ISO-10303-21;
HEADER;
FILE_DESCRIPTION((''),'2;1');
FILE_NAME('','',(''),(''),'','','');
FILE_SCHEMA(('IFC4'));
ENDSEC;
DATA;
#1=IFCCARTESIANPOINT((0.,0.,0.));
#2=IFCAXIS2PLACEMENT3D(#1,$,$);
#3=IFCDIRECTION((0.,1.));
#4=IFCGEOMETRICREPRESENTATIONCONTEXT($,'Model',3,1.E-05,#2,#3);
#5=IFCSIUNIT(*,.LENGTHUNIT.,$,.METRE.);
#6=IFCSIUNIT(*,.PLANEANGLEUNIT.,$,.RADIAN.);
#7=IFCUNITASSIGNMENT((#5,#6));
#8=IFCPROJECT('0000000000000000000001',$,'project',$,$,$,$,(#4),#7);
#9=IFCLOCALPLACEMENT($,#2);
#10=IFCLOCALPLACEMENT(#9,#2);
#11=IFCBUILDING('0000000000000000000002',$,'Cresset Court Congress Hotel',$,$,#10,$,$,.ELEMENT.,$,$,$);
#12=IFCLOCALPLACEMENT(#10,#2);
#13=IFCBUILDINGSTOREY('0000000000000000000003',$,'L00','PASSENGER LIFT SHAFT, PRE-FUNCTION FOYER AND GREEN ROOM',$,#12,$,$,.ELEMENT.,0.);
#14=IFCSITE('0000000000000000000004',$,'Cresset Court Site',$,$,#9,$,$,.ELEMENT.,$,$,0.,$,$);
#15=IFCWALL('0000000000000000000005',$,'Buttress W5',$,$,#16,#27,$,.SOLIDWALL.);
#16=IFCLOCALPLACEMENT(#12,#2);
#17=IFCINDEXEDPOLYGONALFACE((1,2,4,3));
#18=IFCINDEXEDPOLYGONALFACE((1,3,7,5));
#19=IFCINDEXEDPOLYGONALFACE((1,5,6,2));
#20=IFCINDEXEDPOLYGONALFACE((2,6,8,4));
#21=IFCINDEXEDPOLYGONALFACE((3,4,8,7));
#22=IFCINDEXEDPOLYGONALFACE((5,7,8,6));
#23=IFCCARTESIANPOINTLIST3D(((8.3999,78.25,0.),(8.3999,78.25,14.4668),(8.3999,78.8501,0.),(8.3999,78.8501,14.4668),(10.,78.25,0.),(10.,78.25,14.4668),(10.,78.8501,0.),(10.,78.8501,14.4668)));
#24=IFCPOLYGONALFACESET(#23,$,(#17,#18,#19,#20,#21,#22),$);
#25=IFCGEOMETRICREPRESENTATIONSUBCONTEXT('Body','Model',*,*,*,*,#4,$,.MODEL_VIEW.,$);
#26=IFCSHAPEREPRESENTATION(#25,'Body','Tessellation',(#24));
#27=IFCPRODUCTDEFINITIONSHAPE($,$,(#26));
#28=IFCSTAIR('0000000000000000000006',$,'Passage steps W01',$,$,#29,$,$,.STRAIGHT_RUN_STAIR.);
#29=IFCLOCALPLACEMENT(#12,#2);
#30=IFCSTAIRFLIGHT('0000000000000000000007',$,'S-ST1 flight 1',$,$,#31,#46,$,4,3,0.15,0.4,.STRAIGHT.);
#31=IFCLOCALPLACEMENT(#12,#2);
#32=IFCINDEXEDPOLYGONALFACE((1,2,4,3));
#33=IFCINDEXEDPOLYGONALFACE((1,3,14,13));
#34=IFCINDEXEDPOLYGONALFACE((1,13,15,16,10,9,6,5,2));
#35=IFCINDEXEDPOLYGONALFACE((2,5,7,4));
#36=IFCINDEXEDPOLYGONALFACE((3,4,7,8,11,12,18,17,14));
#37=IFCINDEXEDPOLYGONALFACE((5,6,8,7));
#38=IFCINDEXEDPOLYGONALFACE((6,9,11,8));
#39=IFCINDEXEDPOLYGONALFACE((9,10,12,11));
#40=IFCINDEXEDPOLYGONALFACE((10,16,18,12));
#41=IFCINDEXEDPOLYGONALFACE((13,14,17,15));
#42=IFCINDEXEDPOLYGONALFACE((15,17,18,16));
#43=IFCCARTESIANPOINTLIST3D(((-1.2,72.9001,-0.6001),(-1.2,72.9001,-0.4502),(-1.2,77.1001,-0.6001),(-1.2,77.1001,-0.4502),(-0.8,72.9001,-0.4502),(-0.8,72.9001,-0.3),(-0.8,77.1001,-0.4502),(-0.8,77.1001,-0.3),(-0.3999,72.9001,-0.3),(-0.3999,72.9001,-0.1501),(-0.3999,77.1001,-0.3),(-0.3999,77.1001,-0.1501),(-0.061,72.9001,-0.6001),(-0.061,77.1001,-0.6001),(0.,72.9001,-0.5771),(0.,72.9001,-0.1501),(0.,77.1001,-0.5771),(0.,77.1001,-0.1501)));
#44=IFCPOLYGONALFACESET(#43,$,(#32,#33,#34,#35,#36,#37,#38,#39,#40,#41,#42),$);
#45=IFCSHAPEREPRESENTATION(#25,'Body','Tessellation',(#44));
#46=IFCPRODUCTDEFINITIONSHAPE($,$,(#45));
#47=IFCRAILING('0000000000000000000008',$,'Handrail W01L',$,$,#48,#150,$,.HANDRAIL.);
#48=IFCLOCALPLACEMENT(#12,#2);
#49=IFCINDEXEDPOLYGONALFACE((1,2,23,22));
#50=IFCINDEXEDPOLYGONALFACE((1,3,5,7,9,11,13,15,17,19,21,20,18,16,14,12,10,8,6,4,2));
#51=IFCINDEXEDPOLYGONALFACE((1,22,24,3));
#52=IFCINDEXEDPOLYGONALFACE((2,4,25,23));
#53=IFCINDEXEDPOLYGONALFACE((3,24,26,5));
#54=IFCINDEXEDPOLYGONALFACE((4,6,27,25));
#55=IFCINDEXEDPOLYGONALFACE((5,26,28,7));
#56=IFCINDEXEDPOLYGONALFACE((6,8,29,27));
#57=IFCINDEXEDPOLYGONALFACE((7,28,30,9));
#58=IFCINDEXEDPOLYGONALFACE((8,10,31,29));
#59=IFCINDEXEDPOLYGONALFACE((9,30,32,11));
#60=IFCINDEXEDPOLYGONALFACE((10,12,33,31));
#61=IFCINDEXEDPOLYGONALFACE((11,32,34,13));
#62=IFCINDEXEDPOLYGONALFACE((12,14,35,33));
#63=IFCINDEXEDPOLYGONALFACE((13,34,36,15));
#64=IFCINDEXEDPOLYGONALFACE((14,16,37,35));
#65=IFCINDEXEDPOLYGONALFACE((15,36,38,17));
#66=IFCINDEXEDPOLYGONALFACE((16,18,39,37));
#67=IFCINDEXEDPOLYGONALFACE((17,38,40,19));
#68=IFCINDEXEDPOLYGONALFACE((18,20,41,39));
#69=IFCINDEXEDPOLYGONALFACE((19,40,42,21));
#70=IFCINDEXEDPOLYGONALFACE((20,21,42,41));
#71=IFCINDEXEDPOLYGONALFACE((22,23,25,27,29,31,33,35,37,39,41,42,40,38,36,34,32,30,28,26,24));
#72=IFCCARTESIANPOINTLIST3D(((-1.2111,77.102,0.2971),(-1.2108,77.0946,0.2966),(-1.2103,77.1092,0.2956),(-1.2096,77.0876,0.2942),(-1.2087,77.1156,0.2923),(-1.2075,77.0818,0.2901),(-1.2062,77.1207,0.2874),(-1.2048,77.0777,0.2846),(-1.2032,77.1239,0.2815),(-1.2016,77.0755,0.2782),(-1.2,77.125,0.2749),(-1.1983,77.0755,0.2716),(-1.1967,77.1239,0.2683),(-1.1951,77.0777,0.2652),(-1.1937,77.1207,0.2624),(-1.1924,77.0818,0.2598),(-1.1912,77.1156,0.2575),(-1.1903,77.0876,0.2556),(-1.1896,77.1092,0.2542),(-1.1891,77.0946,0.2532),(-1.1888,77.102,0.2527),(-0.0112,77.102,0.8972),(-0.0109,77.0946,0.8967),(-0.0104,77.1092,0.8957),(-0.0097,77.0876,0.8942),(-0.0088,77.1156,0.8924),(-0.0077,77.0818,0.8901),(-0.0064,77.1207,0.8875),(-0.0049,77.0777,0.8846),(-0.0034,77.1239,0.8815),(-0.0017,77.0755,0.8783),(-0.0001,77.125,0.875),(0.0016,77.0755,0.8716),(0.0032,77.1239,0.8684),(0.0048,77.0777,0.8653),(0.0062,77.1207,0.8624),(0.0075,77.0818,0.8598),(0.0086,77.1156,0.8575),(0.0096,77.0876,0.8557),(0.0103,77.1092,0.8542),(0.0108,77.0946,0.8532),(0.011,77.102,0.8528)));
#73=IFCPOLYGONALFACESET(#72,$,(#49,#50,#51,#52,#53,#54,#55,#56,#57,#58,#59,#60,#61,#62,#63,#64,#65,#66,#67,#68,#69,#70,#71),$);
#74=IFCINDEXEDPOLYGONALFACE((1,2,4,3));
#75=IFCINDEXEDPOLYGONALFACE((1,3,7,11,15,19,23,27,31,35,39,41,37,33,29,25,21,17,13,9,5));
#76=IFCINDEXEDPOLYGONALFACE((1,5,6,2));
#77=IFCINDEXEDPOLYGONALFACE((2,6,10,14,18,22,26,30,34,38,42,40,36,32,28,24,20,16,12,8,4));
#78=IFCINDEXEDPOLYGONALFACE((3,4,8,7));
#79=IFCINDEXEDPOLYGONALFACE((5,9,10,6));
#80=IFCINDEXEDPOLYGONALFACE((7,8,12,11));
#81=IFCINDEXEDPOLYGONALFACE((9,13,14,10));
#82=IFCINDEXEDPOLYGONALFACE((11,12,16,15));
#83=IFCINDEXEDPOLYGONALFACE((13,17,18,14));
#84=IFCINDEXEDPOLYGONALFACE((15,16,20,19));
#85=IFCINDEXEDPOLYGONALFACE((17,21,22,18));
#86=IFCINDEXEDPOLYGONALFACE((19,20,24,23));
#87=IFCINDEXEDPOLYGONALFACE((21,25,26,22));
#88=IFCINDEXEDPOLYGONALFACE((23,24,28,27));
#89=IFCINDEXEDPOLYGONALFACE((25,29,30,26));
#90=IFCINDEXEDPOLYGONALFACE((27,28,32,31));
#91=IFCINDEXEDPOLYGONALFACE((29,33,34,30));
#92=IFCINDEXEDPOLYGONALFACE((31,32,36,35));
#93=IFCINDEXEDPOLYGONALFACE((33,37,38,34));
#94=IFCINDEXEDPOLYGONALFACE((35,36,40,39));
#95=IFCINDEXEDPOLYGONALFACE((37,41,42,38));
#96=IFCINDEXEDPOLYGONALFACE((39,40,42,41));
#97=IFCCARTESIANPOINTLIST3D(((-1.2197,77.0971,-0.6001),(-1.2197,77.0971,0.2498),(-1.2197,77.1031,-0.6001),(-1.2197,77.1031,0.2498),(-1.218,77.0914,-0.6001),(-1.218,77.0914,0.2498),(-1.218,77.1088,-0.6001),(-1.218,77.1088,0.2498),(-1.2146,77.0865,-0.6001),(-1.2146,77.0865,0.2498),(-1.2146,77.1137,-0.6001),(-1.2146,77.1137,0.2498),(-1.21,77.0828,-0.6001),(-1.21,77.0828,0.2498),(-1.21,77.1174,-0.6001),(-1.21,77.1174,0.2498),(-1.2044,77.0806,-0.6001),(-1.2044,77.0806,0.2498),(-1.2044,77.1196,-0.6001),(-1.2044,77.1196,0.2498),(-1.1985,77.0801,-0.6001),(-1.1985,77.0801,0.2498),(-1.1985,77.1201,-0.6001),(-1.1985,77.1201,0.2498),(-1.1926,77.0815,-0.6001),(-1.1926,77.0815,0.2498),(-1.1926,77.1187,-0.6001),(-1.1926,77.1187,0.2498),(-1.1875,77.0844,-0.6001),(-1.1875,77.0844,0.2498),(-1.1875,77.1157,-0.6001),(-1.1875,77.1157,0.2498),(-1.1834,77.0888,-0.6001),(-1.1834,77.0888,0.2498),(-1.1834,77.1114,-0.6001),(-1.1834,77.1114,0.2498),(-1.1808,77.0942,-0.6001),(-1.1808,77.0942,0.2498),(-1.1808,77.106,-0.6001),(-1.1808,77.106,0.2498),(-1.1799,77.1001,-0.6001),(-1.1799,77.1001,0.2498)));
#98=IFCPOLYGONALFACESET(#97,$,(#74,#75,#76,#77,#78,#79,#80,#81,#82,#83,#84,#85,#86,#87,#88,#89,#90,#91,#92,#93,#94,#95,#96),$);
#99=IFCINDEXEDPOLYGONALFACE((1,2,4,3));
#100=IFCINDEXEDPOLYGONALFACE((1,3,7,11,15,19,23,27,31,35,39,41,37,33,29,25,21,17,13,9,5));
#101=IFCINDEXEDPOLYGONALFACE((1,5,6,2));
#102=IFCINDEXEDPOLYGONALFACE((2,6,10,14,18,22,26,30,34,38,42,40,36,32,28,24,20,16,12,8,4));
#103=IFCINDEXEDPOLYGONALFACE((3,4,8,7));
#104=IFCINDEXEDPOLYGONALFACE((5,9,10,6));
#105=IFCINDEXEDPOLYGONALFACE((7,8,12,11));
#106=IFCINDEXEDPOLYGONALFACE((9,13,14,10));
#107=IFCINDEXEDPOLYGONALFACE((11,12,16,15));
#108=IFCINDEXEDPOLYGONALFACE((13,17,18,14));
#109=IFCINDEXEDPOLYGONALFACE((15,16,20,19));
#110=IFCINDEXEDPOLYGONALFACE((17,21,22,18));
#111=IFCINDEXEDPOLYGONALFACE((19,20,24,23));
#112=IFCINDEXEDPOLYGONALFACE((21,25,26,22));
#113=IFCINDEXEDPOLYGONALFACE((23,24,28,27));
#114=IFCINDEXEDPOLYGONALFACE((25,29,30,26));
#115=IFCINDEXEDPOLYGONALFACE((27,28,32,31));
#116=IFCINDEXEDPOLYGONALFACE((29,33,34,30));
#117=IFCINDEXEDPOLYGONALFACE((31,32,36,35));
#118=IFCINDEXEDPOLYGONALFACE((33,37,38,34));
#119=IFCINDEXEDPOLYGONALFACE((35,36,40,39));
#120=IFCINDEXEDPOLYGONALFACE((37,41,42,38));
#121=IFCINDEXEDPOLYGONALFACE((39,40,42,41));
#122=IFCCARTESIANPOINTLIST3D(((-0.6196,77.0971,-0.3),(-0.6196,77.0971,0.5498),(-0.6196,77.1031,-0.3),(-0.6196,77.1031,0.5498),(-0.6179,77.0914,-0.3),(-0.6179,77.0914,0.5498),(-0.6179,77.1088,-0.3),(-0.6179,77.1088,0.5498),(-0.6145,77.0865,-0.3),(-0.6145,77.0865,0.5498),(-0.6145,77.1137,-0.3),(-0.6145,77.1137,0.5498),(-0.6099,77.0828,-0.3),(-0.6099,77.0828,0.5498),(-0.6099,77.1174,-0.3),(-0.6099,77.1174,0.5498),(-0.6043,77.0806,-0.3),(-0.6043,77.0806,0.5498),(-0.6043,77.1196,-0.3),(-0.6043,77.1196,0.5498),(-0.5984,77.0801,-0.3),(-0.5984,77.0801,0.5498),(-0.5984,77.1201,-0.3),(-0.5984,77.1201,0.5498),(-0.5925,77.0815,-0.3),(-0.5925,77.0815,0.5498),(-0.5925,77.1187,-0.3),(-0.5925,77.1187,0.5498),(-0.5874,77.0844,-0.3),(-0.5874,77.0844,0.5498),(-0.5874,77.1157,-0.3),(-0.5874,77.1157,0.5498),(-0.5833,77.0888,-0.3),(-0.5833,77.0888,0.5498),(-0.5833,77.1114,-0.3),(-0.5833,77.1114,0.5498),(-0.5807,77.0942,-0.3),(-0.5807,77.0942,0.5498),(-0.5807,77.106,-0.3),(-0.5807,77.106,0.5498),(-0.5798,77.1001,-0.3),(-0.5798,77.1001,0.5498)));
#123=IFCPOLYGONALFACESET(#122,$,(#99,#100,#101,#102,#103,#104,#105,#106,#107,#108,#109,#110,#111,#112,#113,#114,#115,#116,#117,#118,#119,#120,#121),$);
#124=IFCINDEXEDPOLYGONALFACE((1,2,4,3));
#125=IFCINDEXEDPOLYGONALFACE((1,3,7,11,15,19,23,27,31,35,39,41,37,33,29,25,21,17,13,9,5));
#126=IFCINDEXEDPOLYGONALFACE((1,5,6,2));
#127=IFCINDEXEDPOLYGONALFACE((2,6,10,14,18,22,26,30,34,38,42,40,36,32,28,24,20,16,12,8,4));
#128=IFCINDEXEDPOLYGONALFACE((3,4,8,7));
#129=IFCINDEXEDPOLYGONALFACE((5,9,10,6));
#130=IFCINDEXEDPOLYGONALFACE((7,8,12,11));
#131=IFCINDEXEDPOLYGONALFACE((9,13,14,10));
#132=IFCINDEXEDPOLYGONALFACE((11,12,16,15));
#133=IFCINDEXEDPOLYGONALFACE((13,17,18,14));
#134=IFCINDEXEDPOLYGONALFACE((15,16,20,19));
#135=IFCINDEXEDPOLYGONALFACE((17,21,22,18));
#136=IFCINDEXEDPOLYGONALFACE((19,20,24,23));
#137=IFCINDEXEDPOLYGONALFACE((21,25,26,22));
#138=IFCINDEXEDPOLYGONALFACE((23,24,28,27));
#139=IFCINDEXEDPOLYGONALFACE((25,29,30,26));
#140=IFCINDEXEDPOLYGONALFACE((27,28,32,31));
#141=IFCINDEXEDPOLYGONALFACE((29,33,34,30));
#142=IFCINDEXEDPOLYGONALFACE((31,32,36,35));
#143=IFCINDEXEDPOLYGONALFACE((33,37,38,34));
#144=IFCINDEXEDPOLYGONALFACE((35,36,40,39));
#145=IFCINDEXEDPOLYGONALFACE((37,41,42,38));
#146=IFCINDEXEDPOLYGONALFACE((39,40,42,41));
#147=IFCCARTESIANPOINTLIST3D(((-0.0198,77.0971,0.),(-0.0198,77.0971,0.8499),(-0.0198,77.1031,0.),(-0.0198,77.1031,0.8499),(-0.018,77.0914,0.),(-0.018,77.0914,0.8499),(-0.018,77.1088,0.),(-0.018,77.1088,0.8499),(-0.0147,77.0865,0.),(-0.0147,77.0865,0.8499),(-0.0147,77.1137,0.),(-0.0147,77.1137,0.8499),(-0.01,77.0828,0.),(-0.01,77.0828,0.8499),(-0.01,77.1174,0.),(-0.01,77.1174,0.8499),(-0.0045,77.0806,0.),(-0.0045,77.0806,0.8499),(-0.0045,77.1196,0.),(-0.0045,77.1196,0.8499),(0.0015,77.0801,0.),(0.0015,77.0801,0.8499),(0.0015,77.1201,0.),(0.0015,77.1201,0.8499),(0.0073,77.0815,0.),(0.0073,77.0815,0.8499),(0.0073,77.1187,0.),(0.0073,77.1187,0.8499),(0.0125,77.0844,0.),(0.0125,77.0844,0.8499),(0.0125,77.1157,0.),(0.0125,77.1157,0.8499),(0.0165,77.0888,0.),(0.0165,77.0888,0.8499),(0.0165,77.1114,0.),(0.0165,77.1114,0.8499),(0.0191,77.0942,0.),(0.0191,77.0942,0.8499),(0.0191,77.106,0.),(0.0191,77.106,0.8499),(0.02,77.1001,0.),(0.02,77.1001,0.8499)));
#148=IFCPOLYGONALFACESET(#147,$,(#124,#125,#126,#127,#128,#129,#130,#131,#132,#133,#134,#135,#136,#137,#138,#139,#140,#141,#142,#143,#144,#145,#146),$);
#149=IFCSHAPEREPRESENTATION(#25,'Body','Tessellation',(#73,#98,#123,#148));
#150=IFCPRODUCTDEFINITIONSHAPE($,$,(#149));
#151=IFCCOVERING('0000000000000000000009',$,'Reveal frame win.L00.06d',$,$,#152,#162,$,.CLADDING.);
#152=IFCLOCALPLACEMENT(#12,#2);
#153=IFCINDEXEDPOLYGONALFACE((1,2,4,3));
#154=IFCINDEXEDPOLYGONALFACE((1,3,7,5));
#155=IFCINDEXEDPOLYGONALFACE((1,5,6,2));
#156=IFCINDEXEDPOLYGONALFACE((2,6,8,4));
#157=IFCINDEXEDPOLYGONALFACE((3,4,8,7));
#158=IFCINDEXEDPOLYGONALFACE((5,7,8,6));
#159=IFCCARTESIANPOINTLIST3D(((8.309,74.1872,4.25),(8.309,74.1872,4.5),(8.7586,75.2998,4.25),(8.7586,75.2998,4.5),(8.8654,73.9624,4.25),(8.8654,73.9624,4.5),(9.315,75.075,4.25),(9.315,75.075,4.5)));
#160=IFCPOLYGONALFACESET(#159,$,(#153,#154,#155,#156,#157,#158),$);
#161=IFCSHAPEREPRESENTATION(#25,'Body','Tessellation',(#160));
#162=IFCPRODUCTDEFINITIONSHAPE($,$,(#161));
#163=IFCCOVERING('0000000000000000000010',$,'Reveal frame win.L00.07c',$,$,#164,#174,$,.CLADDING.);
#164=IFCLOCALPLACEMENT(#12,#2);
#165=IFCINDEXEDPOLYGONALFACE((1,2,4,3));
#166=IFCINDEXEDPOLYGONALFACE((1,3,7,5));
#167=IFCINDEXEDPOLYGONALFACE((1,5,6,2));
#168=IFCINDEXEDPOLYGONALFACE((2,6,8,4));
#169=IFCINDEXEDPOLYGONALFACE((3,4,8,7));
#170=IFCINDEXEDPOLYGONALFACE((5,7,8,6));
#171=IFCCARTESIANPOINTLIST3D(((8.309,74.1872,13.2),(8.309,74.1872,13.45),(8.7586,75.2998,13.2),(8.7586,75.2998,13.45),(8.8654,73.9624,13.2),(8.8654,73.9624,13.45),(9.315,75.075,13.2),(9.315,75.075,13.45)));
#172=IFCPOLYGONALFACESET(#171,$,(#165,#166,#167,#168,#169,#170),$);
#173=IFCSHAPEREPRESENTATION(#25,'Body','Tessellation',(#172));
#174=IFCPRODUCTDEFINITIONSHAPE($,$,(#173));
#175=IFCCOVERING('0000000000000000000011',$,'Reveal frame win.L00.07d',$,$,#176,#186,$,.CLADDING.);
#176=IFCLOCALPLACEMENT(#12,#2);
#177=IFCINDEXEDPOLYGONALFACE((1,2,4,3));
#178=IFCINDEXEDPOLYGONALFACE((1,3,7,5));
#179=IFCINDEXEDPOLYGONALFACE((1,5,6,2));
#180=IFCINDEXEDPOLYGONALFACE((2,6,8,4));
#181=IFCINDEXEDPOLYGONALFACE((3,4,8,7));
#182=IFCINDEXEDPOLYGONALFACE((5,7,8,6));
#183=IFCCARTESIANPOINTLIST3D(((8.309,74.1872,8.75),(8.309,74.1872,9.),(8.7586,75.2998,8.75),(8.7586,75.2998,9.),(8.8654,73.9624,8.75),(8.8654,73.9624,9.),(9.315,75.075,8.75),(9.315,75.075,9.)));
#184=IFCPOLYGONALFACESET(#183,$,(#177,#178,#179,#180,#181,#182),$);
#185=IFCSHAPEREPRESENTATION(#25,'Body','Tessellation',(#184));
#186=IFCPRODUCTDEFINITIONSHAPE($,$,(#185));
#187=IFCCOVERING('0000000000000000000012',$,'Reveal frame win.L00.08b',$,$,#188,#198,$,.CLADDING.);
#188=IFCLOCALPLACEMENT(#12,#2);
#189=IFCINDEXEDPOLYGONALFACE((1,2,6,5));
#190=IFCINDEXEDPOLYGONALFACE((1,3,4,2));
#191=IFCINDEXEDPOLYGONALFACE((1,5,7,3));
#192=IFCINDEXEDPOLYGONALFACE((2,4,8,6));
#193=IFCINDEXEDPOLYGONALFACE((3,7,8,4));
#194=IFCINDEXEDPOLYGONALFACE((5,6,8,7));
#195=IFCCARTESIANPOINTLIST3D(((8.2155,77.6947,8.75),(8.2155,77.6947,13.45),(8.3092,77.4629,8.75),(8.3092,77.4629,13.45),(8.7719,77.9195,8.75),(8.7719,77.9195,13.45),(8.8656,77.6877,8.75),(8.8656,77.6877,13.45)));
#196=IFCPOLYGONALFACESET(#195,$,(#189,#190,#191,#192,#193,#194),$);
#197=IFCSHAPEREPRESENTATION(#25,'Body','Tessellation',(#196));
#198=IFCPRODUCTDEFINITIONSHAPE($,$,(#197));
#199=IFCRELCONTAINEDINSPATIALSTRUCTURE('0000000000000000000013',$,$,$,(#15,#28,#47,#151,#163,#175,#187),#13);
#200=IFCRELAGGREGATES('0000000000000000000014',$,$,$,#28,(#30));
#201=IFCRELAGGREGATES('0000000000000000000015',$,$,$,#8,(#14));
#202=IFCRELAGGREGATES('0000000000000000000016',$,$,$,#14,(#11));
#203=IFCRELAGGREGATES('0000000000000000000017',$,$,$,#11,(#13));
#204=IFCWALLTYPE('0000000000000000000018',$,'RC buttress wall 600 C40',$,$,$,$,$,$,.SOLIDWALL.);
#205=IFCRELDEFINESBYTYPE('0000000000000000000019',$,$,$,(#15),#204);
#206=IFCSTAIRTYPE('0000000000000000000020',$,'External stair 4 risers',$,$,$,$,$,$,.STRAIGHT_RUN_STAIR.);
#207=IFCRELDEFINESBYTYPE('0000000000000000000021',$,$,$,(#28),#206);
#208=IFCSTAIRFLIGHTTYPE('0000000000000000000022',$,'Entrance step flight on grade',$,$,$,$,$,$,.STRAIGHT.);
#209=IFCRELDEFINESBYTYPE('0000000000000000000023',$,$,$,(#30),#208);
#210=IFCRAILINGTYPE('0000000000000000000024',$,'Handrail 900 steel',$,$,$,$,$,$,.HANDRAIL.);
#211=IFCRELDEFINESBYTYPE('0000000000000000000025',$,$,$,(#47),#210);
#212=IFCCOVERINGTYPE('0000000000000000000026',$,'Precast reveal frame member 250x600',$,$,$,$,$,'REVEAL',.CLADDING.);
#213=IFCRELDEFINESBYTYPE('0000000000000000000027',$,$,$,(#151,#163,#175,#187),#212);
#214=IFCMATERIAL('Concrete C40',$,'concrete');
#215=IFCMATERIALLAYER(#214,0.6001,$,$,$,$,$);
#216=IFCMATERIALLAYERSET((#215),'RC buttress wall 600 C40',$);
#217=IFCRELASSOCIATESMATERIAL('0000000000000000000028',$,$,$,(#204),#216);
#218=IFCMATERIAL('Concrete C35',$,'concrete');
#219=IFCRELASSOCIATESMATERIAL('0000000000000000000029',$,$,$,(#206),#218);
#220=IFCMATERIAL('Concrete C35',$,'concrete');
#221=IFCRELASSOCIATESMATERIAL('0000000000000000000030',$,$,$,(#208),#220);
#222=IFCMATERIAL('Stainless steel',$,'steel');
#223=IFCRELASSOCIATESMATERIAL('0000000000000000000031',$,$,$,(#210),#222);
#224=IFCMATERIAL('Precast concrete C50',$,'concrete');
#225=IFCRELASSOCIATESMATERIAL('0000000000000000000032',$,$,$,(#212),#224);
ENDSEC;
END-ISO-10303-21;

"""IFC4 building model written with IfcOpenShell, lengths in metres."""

from ifc_helpers import new_model, si_unit, direction, frame, frame_2d, origin, origin_2d, place, context, subcontext, project, spatial, polyline, rectangle, circle, outline, extrude, material, layer, layer_set, type_object, element, aggregate, save


model = new_model("IFC4")

# Units and contexts
model_context = context("Model", 3, precision=1e-05, world=origin(), true_north=direction((0.0, 1.0)))
body_context = subcontext(model_context, "Body", "Model", "MODEL_VIEW")
ifc_project = project(units=[si_unit("LENGTHUNIT", "METRE"), si_unit("PLANEANGLEUNIT", "RADIAN")], contexts=[model_context])

# Site, building, storey
site_placement = place(None, origin())
site = spatial("IfcSite", under=ifc_project, at=site_placement, Name="Cresset Court Site", CompositionType="ELEMENT", RefElevation=0.0)
building_placement = place(site_placement, origin())
building = spatial("IfcBuilding", under=site, at=building_placement, Name="Cresset Court Congress Hotel", CompositionType="ELEMENT")
storey_placement = place(building_placement, origin())
storey = spatial("IfcBuildingStorey", under=building, at=storey_placement, Name="L00", Description="PASSENGER LIFT SHAFT, PRE-FUNCTION FOYER AND GREEN ROOM", CompositionType="ELEMENT", Elevation=0.0)

# Wall
ifc_material_1 = material(Name="Concrete C40", Category="concrete")
ifc_layer_1 = layer(ifc_material_1, 0.6001)
ifc_layer_set_1 = layer_set([ifc_layer_1], Name="RC buttress wall 600 C40")
wall_type_1 = type_object("IfcWallType", Name="RC buttress wall 600 C40", PredefinedType="SOLIDWALL", material=ifc_layer_set_1)
wall_1_placement = place(storey_placement, frame((8.3999, 78.55, 0.0), z_axis=(0.0, 0.0, 1.0), x_axis=(1.0, 0.0, 0.0)))
element("IfcWall", 1, at=wall_1_placement, inside=storey, type_object=wall_type_1, Name="Buttress W5", PredefinedType="SOLIDWALL", context=body_context, shape_type="SweptSolid", body=[
    extrude(rectangle(XDim=1.6001, YDim=0.6001, at=frame_2d((0.8, 0.0))), origin(), (0.0, 0.0, 1.0), 14.4668),
])

# Stair, stair flight
ifc_material_2 = material(Name="Concrete C35", Category="concrete")
stair_type = type_object("IfcStairType", Name="External stair 4 risers", PredefinedType="STRAIGHT_RUN_STAIR", material=ifc_material_2)
stair_placement = place(storey_placement, origin())
stair = element("IfcStair", 2, at=stair_placement, inside=storey, type_object=stair_type, Name="Passage steps W01", PredefinedType="STRAIGHT_RUN_STAIR")
ifc_material_3 = material(Name="Concrete C35", Category="concrete")
stair_flight_type = type_object("IfcStairFlightType", Name="Entrance step flight on grade", PredefinedType="STRAIGHT", material=ifc_material_3)
stair_flight_placement = place(storey_placement, frame((-1.2, 75.0, -0.6001), z_axis=(0.0, 0.0, 1.0), x_axis=(1.0, 0.0, 0.0)))
stair_flight = element("IfcStairFlight", 3, at=stair_flight_placement, type_object=stair_flight_type, Name="S-ST1 flight 1", NumberOfRisers=4, NumberOfTreads=3, PredefinedType="STRAIGHT", RiserHeight=0.15, TreadLength=0.4, context=body_context, shape_type="SweptSolid", body=[
    extrude(outline(polyline([(0.0, 0.0), (0.0, 0.1499), (0.3999, 0.1499), (0.3999, 0.3), (0.8, 0.3), (0.8, 0.45), (1.2, 0.45), (1.2, 0.6001), (1.2, 0.0229), (1.1389, 0.0), (0.0, 0.0)])), frame((0.0, 2.1001, 0.0), z_axis=(0.0, -1.0, 0.0), x_axis=(1.0, 0.0, 0.0)), (0.0, 0.0, 1.0), 4.2),
])
aggregate(stair, [stair_flight])

# Railing
ifc_material_4 = material(Name="Stainless steel", Category="steel")
railing_type = type_object("IfcRailingType", Name="Handrail 900 steel", PredefinedType="HANDRAIL", material=ifc_material_4)
railing_placement = place(storey_placement, frame((-1.2, 77.1001, -0.6001)))
element("IfcRailing", 4, at=railing_placement, inside=storey, type_object=railing_type, Name="Handrail W01L", PredefinedType="HANDRAIL", context=body_context, shape_type="SweptSolid", body=[
    extrude(circle(Radius=0.0249, at=origin_2d()), frame((0.0, 0.0, 0.875), z_axis=(0.894391, 0.0, 0.447286), x_axis=(0.0, 1.0, 0.0)), (0.0, 0.0, 1.0), 1.3416),
    extrude(circle(Radius=0.02, at=origin_2d()), origin(), (0.0, 0.0, 1.0), 0.8499),
    extrude(circle(Radius=0.02, at=origin_2d()), frame((0.6001, 0.0, 0.3)), (0.0, 0.0, 1.0), 0.8499),
    extrude(circle(Radius=0.02, at=origin_2d()), frame((1.2, 0.0, 0.6001)), (0.0, 0.0, 1.0), 0.8499),
])

# Coverings
ifc_material_5 = material(Name="Precast concrete C50", Category="concrete")
covering_type_1 = type_object("IfcCoveringType", Name="Precast reveal frame member 250x600", ElementType="REVEAL", PredefinedType="CLADDING", material=ifc_material_5)
for number, where, z_axis, x_axis, name in (
    (5, (8.812, 74.6311, 4.25), (0.0, 0.0, 1.0), (0.374623, 0.927177, 0.0), "Reveal frame win.L00.06d"),
    (6, (8.812, 74.6311, 13.2), (0.0, 0.0, 1.0), (0.374623, 0.927177, 0.0), "Reveal frame win.L00.07c"),
    (7, (8.812, 74.6311, 8.75), (0.0, 0.0, 1.0), (0.374623, 0.927177, 0.0), "Reveal frame win.L00.07d"),
):
    element("IfcCovering", number, at=place(storey_placement, frame(where, z_axis=z_axis, x_axis=x_axis)), inside=storey, type_object=covering_type_1, Name=name, PredefinedType="CLADDING", context=body_context, shape_type="SweptSolid", body=[
        extrude(rectangle(XDim=1.2, YDim=0.6001, at=origin_2d()), origin(), (0.0, 0.0, 1.0), 0.25),
    ])
covering_1_placement = place(storey_placement, frame((8.5405, 77.6912, 8.75), z_axis=(0.0, 0.0, 1.0), x_axis=(-0.374623, 0.927177, 0.0)))
element("IfcCovering", 8, at=covering_1_placement, inside=storey, type_object=covering_type_1, Name="Reveal frame win.L00.08b", PredefinedType="CLADDING", context=body_context, shape_type="SweptSolid", body=[
    extrude(rectangle(XDim=0.25, YDim=0.6001, at=origin_2d()), origin(), (0.0, 0.0, 1.0), 4.7),
])

save(model, "model.ifc")
